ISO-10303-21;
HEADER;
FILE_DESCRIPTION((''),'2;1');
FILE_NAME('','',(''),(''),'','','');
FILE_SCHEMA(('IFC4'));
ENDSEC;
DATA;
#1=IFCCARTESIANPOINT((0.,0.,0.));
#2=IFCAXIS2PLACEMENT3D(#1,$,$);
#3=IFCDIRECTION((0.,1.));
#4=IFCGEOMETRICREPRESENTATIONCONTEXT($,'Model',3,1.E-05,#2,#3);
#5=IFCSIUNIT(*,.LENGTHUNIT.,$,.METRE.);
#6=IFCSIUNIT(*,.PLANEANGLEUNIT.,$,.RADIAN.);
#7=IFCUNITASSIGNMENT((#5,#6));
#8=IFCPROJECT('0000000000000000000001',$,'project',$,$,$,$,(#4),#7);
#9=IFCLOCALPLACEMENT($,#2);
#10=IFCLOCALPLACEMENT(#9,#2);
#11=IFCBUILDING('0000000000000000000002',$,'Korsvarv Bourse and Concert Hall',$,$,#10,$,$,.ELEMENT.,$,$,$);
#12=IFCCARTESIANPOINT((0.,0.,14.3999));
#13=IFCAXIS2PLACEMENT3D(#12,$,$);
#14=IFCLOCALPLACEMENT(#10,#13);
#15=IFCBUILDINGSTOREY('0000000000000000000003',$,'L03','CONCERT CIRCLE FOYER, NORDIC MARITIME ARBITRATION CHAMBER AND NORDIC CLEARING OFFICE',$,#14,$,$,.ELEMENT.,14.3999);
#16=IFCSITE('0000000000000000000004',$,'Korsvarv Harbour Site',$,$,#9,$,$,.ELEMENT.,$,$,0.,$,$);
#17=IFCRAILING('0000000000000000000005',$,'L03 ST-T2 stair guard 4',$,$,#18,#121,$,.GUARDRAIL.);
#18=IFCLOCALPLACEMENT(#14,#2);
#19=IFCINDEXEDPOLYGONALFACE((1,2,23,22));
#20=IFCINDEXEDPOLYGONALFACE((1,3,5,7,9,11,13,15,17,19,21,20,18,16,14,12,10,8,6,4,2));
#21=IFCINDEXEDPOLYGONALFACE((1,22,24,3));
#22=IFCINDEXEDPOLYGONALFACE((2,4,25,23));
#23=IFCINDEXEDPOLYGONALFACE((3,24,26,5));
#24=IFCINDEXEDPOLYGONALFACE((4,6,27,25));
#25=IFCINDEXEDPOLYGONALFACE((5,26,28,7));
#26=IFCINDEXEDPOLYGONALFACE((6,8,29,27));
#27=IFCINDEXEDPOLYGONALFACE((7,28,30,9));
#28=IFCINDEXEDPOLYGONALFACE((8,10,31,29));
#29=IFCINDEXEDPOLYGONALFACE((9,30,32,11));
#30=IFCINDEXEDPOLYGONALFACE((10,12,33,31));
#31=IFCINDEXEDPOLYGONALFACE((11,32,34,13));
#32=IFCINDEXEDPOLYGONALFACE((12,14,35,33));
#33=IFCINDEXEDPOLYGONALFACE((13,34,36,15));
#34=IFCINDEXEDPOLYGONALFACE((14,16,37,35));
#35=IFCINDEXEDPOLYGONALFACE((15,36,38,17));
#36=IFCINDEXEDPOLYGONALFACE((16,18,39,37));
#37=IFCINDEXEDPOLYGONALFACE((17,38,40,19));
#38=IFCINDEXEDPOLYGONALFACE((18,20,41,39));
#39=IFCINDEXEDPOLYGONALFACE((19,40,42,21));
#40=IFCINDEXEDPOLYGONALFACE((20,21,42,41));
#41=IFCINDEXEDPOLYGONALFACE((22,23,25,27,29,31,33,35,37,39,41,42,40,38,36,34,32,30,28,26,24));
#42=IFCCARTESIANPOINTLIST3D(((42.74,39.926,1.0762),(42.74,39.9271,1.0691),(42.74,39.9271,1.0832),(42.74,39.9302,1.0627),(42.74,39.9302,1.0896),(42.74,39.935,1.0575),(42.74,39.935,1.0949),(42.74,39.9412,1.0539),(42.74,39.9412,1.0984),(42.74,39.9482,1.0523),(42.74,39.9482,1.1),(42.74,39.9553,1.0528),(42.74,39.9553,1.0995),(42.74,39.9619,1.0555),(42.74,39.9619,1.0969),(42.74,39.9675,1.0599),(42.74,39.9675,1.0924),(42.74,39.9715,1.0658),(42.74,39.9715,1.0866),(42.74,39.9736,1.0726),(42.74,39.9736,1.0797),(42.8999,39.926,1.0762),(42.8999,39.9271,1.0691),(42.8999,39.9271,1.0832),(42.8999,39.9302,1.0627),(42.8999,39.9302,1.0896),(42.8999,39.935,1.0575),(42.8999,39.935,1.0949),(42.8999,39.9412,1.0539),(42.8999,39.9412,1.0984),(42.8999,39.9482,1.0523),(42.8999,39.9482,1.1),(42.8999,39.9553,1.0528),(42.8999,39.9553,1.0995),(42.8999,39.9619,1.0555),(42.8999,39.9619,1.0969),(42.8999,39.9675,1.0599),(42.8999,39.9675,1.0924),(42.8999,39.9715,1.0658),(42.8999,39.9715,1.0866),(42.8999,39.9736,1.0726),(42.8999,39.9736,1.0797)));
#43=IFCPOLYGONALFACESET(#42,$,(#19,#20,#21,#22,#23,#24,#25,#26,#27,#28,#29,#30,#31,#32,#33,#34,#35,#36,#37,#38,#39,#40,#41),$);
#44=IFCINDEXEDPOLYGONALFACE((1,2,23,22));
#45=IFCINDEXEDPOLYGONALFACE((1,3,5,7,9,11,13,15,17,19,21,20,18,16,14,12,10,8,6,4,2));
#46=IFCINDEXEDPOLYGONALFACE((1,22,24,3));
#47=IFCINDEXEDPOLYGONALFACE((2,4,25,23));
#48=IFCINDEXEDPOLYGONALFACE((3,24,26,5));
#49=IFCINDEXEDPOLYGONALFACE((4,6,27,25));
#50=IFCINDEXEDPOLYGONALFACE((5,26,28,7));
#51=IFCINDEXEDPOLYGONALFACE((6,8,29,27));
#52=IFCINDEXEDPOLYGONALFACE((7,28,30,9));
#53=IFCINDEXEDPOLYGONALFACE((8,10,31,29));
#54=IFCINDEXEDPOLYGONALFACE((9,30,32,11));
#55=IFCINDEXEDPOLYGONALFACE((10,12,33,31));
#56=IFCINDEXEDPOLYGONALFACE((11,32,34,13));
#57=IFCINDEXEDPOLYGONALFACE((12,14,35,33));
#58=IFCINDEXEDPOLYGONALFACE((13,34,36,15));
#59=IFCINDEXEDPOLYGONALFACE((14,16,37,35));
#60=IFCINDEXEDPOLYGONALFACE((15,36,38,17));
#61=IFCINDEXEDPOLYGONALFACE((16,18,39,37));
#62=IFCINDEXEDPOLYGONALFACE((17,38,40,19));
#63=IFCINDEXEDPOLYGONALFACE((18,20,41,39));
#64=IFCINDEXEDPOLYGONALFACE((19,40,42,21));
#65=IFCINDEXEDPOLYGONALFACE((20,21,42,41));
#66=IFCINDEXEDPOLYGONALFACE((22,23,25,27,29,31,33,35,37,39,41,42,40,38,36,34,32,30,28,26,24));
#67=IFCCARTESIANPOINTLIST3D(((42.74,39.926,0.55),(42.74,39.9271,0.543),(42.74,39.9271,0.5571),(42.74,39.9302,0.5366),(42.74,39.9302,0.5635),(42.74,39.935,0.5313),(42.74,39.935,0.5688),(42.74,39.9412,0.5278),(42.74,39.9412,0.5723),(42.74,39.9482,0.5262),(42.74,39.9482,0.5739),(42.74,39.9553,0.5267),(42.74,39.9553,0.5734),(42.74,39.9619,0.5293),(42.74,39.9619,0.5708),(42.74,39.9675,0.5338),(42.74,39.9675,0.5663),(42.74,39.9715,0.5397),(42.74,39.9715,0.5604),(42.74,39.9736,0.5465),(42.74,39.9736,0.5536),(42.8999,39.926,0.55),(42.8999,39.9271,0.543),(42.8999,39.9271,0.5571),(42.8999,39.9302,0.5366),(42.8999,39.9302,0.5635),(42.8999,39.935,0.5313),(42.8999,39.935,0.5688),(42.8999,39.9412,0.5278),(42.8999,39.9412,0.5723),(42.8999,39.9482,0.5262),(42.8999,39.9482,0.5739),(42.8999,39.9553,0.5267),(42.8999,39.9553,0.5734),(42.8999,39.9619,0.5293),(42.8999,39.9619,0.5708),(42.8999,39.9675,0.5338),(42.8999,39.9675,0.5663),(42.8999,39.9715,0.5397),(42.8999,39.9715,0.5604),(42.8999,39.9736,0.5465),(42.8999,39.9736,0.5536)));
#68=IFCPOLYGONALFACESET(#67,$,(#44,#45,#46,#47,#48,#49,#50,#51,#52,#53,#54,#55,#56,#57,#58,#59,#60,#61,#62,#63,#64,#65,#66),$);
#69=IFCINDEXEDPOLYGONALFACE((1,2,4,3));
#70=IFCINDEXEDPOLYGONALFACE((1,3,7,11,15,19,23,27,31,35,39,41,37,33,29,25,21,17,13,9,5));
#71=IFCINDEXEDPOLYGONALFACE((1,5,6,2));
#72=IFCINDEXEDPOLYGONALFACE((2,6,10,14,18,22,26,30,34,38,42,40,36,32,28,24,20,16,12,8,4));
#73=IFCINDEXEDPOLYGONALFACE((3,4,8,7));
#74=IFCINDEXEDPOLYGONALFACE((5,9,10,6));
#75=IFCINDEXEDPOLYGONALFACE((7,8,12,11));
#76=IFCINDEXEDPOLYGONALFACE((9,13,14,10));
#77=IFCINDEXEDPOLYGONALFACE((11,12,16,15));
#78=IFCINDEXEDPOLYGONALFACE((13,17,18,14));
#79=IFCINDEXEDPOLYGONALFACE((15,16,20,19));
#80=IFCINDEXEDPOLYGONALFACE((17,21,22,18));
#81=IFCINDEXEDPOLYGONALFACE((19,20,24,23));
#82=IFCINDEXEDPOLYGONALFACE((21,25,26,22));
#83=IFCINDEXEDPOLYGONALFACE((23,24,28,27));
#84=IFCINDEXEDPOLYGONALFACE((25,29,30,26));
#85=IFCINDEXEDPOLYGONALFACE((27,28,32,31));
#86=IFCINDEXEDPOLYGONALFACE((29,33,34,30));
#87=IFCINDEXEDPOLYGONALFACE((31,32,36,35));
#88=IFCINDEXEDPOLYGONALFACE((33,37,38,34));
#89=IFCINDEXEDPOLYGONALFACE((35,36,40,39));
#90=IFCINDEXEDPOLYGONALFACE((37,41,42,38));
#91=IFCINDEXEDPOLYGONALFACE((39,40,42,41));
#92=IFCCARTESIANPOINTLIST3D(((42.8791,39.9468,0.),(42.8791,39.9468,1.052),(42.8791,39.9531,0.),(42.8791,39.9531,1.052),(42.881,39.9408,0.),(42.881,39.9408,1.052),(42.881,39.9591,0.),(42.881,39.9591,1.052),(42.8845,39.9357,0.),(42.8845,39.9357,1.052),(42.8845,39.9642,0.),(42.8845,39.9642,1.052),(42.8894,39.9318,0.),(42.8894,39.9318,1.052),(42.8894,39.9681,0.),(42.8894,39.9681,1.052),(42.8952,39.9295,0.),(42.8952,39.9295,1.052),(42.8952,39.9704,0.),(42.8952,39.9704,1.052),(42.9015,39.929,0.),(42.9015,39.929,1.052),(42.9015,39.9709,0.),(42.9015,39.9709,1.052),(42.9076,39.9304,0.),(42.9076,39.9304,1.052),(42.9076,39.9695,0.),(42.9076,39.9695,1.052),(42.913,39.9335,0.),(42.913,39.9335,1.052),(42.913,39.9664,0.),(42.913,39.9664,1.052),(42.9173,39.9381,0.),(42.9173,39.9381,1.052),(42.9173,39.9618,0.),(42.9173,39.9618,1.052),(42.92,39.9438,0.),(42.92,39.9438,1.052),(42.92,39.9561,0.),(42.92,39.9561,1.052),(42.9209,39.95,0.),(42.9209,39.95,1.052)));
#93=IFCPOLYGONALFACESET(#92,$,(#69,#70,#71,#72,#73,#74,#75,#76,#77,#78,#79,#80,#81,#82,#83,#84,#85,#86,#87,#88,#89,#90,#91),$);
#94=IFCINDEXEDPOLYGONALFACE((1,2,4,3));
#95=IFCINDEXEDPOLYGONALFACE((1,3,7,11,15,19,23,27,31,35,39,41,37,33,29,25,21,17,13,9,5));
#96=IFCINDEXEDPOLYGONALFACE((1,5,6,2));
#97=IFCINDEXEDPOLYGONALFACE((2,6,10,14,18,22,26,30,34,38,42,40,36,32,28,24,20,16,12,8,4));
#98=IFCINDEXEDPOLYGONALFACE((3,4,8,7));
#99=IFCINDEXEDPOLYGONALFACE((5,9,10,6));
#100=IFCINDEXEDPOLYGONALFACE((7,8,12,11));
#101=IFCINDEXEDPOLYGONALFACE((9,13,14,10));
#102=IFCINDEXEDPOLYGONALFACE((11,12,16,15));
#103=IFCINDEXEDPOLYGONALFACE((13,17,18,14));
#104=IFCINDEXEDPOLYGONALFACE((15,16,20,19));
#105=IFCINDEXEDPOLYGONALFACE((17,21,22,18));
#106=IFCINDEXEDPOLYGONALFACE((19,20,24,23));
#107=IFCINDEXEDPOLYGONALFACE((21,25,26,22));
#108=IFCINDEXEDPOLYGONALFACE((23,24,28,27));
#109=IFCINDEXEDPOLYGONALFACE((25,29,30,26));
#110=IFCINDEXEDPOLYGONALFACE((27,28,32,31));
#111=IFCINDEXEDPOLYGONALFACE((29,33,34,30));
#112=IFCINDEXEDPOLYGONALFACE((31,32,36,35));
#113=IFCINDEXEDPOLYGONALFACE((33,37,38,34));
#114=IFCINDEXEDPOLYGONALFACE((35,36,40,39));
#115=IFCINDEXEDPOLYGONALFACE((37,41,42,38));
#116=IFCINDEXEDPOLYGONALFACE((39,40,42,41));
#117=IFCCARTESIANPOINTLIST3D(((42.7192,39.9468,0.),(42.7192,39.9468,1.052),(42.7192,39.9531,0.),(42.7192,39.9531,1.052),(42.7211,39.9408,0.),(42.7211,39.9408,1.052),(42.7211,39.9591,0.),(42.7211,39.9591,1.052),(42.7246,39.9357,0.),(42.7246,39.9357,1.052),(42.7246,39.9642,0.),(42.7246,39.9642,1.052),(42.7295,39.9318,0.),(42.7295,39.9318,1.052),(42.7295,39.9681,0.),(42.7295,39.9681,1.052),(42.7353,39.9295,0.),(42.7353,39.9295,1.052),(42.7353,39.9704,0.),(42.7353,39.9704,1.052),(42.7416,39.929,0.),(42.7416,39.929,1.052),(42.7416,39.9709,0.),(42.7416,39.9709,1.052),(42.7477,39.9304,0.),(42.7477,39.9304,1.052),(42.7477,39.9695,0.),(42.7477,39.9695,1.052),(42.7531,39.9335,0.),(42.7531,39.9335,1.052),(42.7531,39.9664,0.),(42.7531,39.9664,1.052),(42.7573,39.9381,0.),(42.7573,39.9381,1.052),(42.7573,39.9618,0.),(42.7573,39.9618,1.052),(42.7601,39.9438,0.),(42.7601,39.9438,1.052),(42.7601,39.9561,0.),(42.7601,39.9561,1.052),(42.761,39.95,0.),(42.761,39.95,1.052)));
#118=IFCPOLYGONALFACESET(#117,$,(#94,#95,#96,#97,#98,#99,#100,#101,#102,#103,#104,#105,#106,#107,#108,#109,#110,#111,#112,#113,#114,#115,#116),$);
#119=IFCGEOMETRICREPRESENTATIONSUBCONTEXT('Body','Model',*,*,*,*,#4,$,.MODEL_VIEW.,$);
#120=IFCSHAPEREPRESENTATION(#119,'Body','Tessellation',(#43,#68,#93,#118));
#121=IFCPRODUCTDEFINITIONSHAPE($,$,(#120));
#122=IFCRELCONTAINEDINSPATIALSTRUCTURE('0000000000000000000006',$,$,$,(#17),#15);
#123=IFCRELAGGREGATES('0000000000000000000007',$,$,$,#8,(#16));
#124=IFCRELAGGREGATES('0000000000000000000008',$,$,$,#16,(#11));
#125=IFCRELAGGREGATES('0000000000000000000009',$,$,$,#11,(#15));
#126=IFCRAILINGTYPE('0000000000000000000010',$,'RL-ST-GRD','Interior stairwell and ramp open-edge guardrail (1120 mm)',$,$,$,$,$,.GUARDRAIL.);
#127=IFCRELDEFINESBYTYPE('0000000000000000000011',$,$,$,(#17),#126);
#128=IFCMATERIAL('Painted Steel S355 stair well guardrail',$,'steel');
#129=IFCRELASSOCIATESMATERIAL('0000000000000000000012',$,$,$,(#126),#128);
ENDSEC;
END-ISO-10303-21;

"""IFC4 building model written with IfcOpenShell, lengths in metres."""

from ifc_helpers import new_model, si_unit, direction, frame, origin, origin_2d, place, context, subcontext, project, spatial, circle, extrude, material, type_object, element, save


model = new_model("IFC4")

# Units and contexts
model_context = context("Model", 3, precision=1e-05, world=origin(), true_north=direction((0.0, 1.0)))
body_context = subcontext(model_context, "Body", "Model", "MODEL_VIEW")
ifc_project = project(units=[si_unit("LENGTHUNIT", "METRE"), si_unit("PLANEANGLEUNIT", "RADIAN")], contexts=[model_context])

# Site, building, storey
site_placement = place(None, origin())
site = spatial("IfcSite", under=ifc_project, at=site_placement, Name="Korsvarv Harbour Site", CompositionType="ELEMENT", RefElevation=0.0)
building_placement = place(site_placement, origin())
building = spatial("IfcBuilding", under=site, at=building_placement, Name="Korsvarv Bourse and Concert Hall", CompositionType="ELEMENT")
storey_placement = place(building_placement, frame((0.0, 0.0, 14.3999)))
storey = spatial("IfcBuildingStorey", under=building, at=storey_placement, Name="L03", Description="CONCERT CIRCLE FOYER, NORDIC MARITIME ARBITRATION CHAMBER AND NORDIC CLEARING OFFICE", CompositionType="ELEMENT", Elevation=14.3999)

# Railing
ifc_material_1 = material(Name="Painted Steel S355 stair well guardrail", Category="steel")
railing_type_1 = type_object("IfcRailingType", Name="RL-ST-GRD", Description="Interior stairwell and ramp open-edge guardrail (1120 mm)", PredefinedType="GUARDRAIL", material=ifc_material_1)
railing_1_placement = place(storey_placement, frame((42.8999, 39.95, 0.0)))
element("IfcRailing", 1, at=railing_1_placement, inside=storey, type_object=railing_type_1, Name="L03 ST-T2 stair guard 4", PredefinedType="GUARDRAIL", context=body_context, shape_type="SweptSolid", body=[
    extrude(circle(Radius=0.0239, at=origin_2d()), frame((0.0, 0.0, 1.0762), z_axis=(-1.0, 0.0, 0.0), x_axis=(0.0, -1.0, 0.0)), (0.0, 0.0, 1.0), 0.1599),
    extrude(circle(Radius=0.0239, at=origin_2d()), frame((0.0, 0.0, 0.55), z_axis=(-1.0, 0.0, 0.0), x_axis=(0.0, -1.0, 0.0)), (0.0, 0.0, 1.0), 0.1599),
    extrude(circle(Radius=0.021, at=origin_2d()), origin(), (0.0, 0.0, 1.0), 1.052),
    extrude(circle(Radius=0.021, at=origin_2d()), frame((-0.1599, 0.0, 0.0)), (0.0, 0.0, 1.0), 1.052),
])

save(model, "model.ifc")
